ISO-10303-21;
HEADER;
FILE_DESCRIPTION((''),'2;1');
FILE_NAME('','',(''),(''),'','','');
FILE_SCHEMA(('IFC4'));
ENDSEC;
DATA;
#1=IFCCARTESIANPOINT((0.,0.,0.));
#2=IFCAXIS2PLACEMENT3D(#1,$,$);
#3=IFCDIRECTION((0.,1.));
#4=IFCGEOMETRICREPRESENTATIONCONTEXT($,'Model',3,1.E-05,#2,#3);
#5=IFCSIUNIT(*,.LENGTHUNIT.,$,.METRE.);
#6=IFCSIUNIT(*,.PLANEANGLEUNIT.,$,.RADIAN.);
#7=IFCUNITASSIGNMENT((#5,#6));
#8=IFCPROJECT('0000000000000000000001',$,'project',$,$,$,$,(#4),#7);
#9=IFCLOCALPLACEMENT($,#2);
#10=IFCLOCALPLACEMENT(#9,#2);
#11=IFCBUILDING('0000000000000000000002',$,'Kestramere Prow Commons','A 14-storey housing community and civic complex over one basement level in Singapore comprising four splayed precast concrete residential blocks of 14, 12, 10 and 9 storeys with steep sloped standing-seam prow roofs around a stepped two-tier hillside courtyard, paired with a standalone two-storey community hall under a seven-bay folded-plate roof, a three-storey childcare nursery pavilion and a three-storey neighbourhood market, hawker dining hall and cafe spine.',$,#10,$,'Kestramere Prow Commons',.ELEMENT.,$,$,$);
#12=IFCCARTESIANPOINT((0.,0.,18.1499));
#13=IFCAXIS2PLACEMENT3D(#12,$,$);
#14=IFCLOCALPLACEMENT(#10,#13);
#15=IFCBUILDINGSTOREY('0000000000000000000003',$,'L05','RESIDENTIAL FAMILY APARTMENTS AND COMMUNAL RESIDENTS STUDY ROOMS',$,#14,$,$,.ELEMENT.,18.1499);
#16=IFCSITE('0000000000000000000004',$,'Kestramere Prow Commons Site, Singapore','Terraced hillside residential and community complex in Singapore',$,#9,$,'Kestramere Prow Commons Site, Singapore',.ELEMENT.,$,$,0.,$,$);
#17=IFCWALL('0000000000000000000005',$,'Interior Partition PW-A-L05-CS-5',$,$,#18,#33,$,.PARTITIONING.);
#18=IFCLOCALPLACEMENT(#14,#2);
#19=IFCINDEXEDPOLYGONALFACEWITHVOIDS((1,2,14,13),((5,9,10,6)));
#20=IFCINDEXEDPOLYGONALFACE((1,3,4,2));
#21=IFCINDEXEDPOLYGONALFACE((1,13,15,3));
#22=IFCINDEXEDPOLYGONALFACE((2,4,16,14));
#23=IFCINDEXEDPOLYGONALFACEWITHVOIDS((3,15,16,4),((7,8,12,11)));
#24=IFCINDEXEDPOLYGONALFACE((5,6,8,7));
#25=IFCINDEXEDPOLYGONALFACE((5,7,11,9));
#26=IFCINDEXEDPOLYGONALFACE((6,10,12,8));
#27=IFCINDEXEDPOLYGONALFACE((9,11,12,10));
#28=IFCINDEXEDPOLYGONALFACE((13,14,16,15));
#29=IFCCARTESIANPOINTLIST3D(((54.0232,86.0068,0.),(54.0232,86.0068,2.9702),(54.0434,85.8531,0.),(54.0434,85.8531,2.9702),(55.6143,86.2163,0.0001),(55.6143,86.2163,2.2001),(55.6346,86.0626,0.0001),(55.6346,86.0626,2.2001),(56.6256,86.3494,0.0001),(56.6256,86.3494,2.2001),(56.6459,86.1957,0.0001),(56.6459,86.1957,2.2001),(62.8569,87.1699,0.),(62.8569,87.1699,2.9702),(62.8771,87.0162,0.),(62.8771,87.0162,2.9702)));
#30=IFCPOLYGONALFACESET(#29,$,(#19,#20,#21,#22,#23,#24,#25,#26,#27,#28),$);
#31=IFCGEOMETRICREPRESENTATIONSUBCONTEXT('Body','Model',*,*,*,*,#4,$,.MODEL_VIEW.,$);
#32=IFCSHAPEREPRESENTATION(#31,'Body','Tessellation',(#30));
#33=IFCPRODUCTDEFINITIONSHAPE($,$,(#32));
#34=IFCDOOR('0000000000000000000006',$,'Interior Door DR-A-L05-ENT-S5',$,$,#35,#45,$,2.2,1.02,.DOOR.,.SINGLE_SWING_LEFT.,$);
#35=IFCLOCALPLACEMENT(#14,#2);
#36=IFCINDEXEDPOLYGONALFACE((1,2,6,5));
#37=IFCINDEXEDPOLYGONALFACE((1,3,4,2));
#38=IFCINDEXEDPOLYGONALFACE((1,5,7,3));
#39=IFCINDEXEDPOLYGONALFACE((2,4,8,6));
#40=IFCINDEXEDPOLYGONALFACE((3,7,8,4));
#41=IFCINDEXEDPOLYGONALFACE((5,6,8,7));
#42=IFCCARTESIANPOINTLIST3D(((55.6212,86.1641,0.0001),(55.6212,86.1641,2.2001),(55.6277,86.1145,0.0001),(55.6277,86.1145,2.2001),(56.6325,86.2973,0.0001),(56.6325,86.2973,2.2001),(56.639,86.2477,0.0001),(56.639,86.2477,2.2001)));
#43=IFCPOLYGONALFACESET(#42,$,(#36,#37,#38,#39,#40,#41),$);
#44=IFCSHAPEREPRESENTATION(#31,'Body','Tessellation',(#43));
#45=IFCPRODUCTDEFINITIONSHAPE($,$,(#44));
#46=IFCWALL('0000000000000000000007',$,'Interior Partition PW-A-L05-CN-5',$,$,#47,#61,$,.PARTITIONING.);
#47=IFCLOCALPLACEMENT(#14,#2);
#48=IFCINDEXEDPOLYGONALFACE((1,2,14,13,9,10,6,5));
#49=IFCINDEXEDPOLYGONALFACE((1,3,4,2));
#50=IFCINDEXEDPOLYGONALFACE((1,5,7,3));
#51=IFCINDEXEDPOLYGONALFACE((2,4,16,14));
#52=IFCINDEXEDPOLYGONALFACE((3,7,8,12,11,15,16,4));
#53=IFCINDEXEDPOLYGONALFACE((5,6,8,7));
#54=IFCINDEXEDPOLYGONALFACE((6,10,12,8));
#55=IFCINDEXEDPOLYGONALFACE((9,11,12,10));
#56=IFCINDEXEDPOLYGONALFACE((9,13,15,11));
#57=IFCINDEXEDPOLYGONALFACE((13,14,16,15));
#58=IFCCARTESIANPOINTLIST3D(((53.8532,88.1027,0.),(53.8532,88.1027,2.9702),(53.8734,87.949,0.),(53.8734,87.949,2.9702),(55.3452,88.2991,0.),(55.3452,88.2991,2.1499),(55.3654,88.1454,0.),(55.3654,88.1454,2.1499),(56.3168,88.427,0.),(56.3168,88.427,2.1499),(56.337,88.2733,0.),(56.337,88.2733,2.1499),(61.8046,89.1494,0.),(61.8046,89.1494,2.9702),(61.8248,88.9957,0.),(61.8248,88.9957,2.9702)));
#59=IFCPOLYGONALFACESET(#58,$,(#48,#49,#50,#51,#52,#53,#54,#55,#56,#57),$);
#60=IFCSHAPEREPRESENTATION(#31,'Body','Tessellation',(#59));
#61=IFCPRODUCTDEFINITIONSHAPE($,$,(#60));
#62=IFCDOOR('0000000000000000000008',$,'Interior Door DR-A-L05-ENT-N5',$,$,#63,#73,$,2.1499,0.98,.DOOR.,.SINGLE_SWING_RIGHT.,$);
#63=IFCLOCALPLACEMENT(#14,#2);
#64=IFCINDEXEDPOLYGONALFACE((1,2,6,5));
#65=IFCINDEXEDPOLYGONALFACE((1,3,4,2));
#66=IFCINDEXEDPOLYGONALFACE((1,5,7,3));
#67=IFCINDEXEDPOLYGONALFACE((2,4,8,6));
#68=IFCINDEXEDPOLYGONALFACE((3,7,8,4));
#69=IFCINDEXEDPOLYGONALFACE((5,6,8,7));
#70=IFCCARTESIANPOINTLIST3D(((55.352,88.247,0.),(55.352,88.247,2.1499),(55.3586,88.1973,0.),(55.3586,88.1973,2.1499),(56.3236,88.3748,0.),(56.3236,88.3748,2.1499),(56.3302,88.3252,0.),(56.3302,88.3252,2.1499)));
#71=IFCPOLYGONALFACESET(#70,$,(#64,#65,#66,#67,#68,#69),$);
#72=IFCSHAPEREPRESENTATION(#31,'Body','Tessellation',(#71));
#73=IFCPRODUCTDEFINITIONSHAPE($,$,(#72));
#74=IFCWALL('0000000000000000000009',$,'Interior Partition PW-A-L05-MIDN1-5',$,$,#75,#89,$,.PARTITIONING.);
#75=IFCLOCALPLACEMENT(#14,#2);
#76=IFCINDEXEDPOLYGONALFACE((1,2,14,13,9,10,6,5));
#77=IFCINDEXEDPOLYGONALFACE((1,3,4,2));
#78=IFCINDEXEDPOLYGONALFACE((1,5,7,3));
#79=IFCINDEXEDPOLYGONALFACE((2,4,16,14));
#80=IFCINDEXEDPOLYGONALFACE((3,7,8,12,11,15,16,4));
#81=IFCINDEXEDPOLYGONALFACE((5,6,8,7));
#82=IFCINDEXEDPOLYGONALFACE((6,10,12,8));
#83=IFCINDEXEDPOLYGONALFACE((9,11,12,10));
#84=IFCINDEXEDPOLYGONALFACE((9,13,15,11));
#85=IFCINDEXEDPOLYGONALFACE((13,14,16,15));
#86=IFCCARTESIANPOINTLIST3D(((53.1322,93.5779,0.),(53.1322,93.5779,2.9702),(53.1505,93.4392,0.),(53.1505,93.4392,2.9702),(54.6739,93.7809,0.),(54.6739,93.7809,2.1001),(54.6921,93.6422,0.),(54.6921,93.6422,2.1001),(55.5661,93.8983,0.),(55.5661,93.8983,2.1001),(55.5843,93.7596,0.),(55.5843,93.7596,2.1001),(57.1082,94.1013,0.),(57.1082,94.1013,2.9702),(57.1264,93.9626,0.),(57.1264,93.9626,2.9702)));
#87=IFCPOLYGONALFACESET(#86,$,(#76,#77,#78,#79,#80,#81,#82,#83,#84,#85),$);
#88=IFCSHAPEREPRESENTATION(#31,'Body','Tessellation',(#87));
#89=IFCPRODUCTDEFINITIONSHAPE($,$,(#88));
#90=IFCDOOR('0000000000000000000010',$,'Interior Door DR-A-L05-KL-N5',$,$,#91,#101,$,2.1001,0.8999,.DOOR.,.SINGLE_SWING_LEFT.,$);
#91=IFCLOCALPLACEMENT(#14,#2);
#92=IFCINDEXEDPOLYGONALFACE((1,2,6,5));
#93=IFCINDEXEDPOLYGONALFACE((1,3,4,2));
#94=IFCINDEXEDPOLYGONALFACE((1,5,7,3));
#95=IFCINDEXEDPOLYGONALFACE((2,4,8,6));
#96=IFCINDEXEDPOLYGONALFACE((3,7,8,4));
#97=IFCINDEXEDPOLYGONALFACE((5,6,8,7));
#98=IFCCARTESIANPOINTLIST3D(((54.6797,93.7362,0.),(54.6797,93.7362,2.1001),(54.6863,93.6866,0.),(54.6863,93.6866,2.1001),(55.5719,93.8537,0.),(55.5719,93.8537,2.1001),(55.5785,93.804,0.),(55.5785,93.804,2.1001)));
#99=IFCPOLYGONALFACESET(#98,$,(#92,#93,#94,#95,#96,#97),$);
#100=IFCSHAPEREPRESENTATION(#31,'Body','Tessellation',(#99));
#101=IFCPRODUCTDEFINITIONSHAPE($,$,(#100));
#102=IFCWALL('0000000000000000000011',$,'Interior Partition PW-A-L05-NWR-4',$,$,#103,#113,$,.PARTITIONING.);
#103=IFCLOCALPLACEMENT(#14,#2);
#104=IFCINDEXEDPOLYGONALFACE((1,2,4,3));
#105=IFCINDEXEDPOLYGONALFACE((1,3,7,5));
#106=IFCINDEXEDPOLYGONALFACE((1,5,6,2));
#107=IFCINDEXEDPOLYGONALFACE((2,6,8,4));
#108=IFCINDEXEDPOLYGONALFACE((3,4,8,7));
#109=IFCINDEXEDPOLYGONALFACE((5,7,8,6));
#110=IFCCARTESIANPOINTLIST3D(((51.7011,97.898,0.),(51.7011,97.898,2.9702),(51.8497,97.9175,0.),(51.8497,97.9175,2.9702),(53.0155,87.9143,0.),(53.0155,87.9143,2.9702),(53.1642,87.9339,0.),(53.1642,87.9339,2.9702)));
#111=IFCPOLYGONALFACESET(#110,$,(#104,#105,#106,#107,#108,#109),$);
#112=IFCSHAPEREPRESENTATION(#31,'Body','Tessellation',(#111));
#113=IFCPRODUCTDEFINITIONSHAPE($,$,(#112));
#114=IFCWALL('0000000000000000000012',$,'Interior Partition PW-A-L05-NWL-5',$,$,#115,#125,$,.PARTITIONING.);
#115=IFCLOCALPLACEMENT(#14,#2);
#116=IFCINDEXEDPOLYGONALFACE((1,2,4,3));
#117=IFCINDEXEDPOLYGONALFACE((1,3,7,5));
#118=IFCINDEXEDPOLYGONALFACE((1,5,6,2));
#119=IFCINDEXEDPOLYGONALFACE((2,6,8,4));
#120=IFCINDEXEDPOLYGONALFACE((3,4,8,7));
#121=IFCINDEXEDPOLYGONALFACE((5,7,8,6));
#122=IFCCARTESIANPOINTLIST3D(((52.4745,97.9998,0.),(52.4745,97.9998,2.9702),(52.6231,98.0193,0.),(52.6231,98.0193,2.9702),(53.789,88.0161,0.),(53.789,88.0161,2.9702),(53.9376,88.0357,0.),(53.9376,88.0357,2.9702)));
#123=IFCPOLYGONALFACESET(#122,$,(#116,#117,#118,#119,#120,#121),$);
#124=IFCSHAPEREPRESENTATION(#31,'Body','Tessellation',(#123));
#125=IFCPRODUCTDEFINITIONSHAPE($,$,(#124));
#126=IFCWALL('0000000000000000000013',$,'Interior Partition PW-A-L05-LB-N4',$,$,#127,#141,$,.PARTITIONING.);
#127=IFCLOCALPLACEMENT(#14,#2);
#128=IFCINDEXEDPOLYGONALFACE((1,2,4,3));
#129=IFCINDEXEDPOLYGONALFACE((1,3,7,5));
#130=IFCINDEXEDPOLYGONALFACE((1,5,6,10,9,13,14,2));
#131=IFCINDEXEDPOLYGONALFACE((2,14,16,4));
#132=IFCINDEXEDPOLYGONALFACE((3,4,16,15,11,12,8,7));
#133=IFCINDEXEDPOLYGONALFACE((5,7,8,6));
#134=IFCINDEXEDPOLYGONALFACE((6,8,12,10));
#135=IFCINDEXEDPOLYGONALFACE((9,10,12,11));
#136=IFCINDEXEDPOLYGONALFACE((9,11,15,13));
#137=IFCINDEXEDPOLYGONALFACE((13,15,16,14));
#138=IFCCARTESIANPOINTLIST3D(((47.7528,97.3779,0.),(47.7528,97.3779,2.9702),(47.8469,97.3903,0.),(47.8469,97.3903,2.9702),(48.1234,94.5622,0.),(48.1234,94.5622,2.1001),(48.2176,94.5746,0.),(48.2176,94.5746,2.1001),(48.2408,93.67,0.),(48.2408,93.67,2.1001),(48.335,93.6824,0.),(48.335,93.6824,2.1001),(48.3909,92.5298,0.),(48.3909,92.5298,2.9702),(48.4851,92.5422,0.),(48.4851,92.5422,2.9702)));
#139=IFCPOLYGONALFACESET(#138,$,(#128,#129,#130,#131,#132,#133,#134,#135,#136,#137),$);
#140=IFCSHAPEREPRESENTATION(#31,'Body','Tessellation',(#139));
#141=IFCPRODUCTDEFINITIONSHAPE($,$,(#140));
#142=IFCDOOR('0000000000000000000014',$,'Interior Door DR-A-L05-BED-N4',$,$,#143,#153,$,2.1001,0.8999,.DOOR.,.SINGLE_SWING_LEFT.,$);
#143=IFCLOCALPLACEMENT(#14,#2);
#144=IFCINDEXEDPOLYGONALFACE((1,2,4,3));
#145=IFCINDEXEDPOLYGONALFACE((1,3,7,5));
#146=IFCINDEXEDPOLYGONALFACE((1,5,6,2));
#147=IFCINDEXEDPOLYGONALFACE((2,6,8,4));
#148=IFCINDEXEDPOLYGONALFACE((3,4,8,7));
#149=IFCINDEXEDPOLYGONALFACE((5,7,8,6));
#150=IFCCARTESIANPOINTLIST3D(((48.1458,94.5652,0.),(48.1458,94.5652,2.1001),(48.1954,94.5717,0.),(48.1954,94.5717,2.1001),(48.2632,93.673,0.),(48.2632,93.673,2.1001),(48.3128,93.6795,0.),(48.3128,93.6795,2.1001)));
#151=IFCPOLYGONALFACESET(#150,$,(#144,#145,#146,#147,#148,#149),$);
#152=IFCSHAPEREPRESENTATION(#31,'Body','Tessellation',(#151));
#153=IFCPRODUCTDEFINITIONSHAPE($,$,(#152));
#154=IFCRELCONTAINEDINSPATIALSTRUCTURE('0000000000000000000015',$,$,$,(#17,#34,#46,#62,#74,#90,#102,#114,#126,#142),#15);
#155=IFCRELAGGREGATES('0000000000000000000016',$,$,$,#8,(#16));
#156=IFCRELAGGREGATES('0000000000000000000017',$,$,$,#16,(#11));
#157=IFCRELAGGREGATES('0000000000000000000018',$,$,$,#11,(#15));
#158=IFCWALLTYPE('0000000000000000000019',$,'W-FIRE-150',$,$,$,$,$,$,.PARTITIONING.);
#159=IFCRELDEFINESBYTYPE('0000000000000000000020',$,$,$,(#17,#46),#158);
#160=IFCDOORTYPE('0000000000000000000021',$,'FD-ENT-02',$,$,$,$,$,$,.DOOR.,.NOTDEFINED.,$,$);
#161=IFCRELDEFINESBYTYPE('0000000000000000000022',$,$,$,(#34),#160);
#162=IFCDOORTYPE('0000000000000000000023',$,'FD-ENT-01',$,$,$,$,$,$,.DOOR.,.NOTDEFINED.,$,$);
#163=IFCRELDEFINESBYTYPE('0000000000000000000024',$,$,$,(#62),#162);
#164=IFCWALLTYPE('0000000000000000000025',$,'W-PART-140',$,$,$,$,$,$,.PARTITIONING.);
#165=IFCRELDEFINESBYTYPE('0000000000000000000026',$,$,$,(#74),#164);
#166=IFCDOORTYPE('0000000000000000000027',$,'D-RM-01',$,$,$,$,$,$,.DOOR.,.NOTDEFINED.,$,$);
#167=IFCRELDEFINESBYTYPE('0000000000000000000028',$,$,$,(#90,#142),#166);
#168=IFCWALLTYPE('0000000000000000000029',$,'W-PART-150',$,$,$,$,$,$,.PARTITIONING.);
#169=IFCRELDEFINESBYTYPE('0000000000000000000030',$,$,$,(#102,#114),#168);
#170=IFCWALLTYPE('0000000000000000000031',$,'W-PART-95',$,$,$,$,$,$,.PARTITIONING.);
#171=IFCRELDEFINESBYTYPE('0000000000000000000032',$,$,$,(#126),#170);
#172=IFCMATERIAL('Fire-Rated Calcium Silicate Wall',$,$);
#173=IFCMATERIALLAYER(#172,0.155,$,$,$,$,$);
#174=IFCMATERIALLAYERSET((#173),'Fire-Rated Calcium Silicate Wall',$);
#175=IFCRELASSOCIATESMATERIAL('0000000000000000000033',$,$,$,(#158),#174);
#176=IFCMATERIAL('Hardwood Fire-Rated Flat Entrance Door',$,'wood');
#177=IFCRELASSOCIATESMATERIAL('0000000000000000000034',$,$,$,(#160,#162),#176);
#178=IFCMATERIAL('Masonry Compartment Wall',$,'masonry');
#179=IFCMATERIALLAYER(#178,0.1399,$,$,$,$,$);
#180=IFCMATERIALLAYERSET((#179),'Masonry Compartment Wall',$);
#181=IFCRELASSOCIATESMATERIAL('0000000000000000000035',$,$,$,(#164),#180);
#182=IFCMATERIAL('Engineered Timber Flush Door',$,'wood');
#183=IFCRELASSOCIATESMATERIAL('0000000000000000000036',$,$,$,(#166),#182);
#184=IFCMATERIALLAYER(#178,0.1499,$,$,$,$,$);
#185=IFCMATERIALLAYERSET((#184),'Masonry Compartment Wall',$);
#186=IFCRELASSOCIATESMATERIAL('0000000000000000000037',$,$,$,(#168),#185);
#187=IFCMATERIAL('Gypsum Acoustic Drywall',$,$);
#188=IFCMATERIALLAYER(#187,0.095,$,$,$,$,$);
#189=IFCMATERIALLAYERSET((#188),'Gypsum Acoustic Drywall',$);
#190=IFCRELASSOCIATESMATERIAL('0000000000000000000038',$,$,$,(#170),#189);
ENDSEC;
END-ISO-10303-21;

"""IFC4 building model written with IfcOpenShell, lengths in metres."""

from ifc_helpers import new_model, si_unit, direction, frame, frame_2d, origin, place, context, subcontext, project, spatial, rectangle, extrude, material, layer, layer_set, type_object, element, fill, save


model = new_model("IFC4")

# Units and contexts
model_context = context("Model", 3, precision=1e-05, world=origin(), true_north=direction((0.0, 1.0)))
body_context = subcontext(model_context, "Body", "Model", "MODEL_VIEW")
ifc_project = project(units=[si_unit("LENGTHUNIT", "METRE"), si_unit("PLANEANGLEUNIT", "RADIAN")], contexts=[model_context])

# Site, building, storey
site_placement = place(None, origin())
site = spatial("IfcSite", under=ifc_project, at=site_placement, Name="Kestramere Prow Commons Site, Singapore", Description="Terraced hillside residential and community complex in Singapore", LongName="Kestramere Prow Commons Site, Singapore", CompositionType="ELEMENT", RefElevation=0.0)
building_placement = place(site_placement, origin())
building = spatial("IfcBuilding", under=site, at=building_placement, Name="Kestramere Prow Commons", Description="A 14-storey housing community and civic complex over one basement level in Singapore comprising four splayed precast concrete residential blocks of 14, 12, 10 and 9 storeys with steep sloped standing-seam prow roofs around a stepped two-tier hillside courtyard, paired with a standalone two-storey community hall under a seven-bay folded-plate roof, a three-storey childcare nursery pavilion and a three-storey neighbourhood market, hawker dining hall and cafe spine.", LongName="Kestramere Prow Commons", CompositionType="ELEMENT")
storey_placement = place(building_placement, frame((0.0, 0.0, 18.1499)))
storey = spatial("IfcBuildingStorey", under=building, at=storey_placement, Name="L05", Description="RESIDENTIAL FAMILY APARTMENTS AND COMMUNAL RESIDENTS STUDY ROOMS", CompositionType="ELEMENT", Elevation=18.1499)

# Walls, openings, doors
ifc_material_1 = material(Name="Fire-Rated Calcium Silicate Wall")
ifc_layer_1 = layer(ifc_material_1, 0.155)
ifc_layer_set_1 = layer_set([ifc_layer_1], Name="Fire-Rated Calcium Silicate Wall")
wall_type_1 = type_object("IfcWallType", Name="W-FIRE-150", PredefinedType="PARTITIONING", material=ifc_layer_set_1)
wall_1_placement = place(storey_placement, frame((54.0332, 85.9299, 0.0), z_axis=(0.0, 0.0, 1.0), x_axis=(0.991443, 0.130537, 0.0)))
wall_1 = element("IfcWall", 1, at=wall_1_placement, inside=storey, type_object=wall_type_1, Name="Interior Partition PW-A-L05-CS-5", PredefinedType="PARTITIONING", context=body_context, shape_type="SweptSolid", body=[
    extrude(rectangle(XDim=8.9099, YDim=0.155, at=frame_2d((4.4551, 0.0))), origin(), (0.0, 0.0, 1.0), 2.9702),
])
opening_1_placement = place(wall_1_placement, frame((1.605, 0.0, 0.0)))
opening_1 = element("IfcOpeningElement", 2, at=opening_1_placement, cuts=wall_1, PredefinedType="OPENING", context=body_context, shape_type="SweptSolid", body=[
    extrude(rectangle(XDim=1.02, YDim=2.2, at=frame_2d((0.51, 1.1001))), frame((0.0, 0.0925, 0.0), z_axis=(0.0, -1.0, 0.0), x_axis=(1.0, 0.0, 0.0)), (0.0, 0.0, 1.0), 0.1851),
])
ifc_material_2 = material(Name="Hardwood Fire-Rated Flat Entrance Door", Category="wood")
door_type_1 = type_object("IfcDoorType", Name="FD-ENT-02", OperationType="NOTDEFINED", PredefinedType="DOOR", material=ifc_material_2)
door_1_placement = place(opening_1_placement, origin())
door_1 = element("IfcDoor", 3, at=door_1_placement, inside=storey, type_object=door_type_1, Name="Interior Door DR-A-L05-ENT-S5", OperationType="SINGLE_SWING_LEFT", OverallHeight=2.2, OverallWidth=1.02, PredefinedType="DOOR", context=body_context, shape_type="SweptSolid", body=[
    extrude(rectangle(XDim=1.02, YDim=2.2, at=frame_2d((0.51, 1.1001))), frame((0.0, 0.0249, 0.0), z_axis=(0.0, -1.0, 0.0), x_axis=(1.0, 0.0, 0.0)), (0.0, 0.0, 1.0), 0.05),
])
fill(opening_1, door_1)
wall_2_placement = place(storey_placement, frame((53.8633, 88.0259, 0.0), z_axis=(0.0, 0.0, 1.0), x_axis=(0.991448, 0.130503, 0.0)))
wall_2 = element("IfcWall", 4, at=wall_2_placement, inside=storey, type_object=wall_type_1, Name="Interior Partition PW-A-L05-CN-5", PredefinedType="PARTITIONING", context=body_context, shape_type="SweptSolid", body=[
    extrude(rectangle(XDim=8.02, YDim=0.155, at=frame_2d((4.01, 0.0))), origin(), (0.0, 0.0, 1.0), 2.9702),
])
opening_2_placement = place(wall_2_placement, frame((1.5049, 0.0, 0.0)))
opening_2 = element("IfcOpeningElement", 5, at=opening_2_placement, cuts=wall_2, PredefinedType="OPENING", context=body_context, shape_type="SweptSolid", body=[
    extrude(rectangle(XDim=0.98, YDim=2.1499, at=frame_2d((0.49, 1.075))), frame((0.0, 0.0925, 0.0), z_axis=(0.0, -1.0, 0.0), x_axis=(1.0, 0.0, 0.0)), (0.0, 0.0, 1.0), 0.1851),
])
door_type_2 = type_object("IfcDoorType", Name="FD-ENT-01", OperationType="NOTDEFINED", PredefinedType="DOOR", material=ifc_material_2)
door_2_placement = place(opening_2_placement, origin())
door_2 = element("IfcDoor", 6, at=door_2_placement, inside=storey, type_object=door_type_2, Name="Interior Door DR-A-L05-ENT-N5", OperationType="SINGLE_SWING_RIGHT", OverallHeight=2.1499, OverallWidth=0.98, PredefinedType="DOOR", context=body_context, shape_type="SweptSolid", body=[
    extrude(rectangle(XDim=0.98, YDim=2.1499, at=frame_2d((0.49, 1.075))), frame((0.0, 0.0249, 0.0), z_axis=(0.0, -1.0, 0.0), x_axis=(1.0, 0.0, 0.0)), (0.0, 0.0, 1.0), 0.05),
])
fill(opening_2, door_2)
ifc_material_3 = material(Name="Masonry Compartment Wall", Category="masonry")
ifc_layer_2 = layer(ifc_material_3, 0.1399)
ifc_layer_set_2 = layer_set([ifc_layer_2], Name="Masonry Compartment Wall")
wall_type_2 = type_object("IfcWallType", Name="W-PART-140", PredefinedType="PARTITIONING", material=ifc_layer_set_2)
wall_3_placement = place(storey_placement, frame((53.1414, 93.5085, 0.0), z_axis=(0.0, 0.0, 1.0), x_axis=(0.991445, 0.130529, 0.0)))
wall_3 = element("IfcWall", 7, at=wall_3_placement, inside=storey, type_object=wall_type_2, Name="Interior Partition PW-A-L05-MIDN1-5", PredefinedType="PARTITIONING", context=body_context, shape_type="SweptSolid", body=[
    extrude(rectangle(XDim=4.0103, YDim=0.1399, at=frame_2d((2.0051, 0.0))), origin(), (0.0, 0.0, 1.0), 2.9702),
])
opening_3_placement = place(wall_3_placement, frame((1.5549, 0.0, 0.0)))
opening_3 = element("IfcOpeningElement", 8, at=opening_3_placement, cuts=wall_3, PredefinedType="OPENING", context=body_context, shape_type="SweptSolid", body=[
    extrude(rectangle(XDim=0.8999, YDim=2.1001, at=frame_2d((0.45, 1.05))), frame((0.0, 0.085, 0.0), z_axis=(0.0, -1.0, 0.0), x_axis=(1.0, 0.0, 0.0)), (0.0, 0.0, 1.0), 0.1699),
])
ifc_material_4 = material(Name="Engineered Timber Flush Door", Category="wood")
door_type_3 = type_object("IfcDoorType", Name="D-RM-01", OperationType="NOTDEFINED", PredefinedType="DOOR", material=ifc_material_4)
door_3_placement = place(opening_3_placement, origin())
door_3 = element("IfcDoor", 9, at=door_3_placement, inside=storey, type_object=door_type_3, Name="Interior Door DR-A-L05-KL-N5", OperationType="SINGLE_SWING_LEFT", OverallHeight=2.1001, OverallWidth=0.8999, PredefinedType="DOOR", context=body_context, shape_type="SweptSolid", body=[
    extrude(rectangle(XDim=0.8999, YDim=2.1001, at=frame_2d((0.45, 1.05))), frame((0.0, 0.0249, 0.0), z_axis=(0.0, -1.0, 0.0), x_axis=(1.0, 0.0, 0.0)), (0.0, 0.0, 1.0), 0.05),
])
fill(opening_3, door_3)

# Walls
ifc_layer_3 = layer(ifc_material_3, 0.1499)
ifc_layer_set_3 = layer_set([ifc_layer_3], Name="Masonry Compartment Wall")
wall_type_3 = type_object("IfcWallType", Name="W-PART-150", PredefinedType="PARTITIONING", material=ifc_layer_set_3)
for number, where, z_axis, x_axis, name in (
    (10, (53.0898, 87.9241, 0.0), (0.0, 0.0, 1.0), (-0.130534, 0.991444, 0.0), "Interior Partition PW-A-L05-NWR-4"),
    (11, (53.8633, 88.0259, 0.0), (0.0, 0.0, 1.0), (-0.130534, 0.991444, 0.0), "Interior Partition PW-A-L05-NWL-5"),
):
    element("IfcWall", number, at=place(storey_placement, frame(where, z_axis=z_axis, x_axis=x_axis)), inside=storey, type_object=wall_type_3, Name=name, PredefinedType="PARTITIONING", context=body_context, shape_type="SweptSolid", body=[
        extrude(rectangle(XDim=10.0698, YDim=0.1499, at=frame_2d((5.0349, 0.0))), origin(), (0.0, 0.0, 1.0), 2.9702),
    ])

# Wall, opening, door
ifc_material_5 = material(Name="Gypsum Acoustic Drywall")
ifc_layer_4 = layer(ifc_material_5, 0.095)
ifc_layer_set_4 = layer_set([ifc_layer_4], Name="Gypsum Acoustic Drywall")
wall_type_4 = type_object("IfcWallType", Name="W-PART-95", PredefinedType="PARTITIONING", material=ifc_layer_set_4)
wall_4_placement = place(storey_placement, frame((48.438, 92.5361, 0.0), z_axis=(0.0, 0.0, 1.0), x_axis=(-0.130509, 0.991447, 0.0)))
wall_4 = element("IfcWall", 12, at=wall_4_placement, inside=storey, type_object=wall_type_4, Name="Interior Partition PW-A-L05-LB-N4", PredefinedType="PARTITIONING", context=body_context, shape_type="SweptSolid", body=[
    extrude(rectangle(XDim=4.8899, YDim=0.095, at=frame_2d((2.4448, 0.0))), origin(), (0.0, 0.0, 1.0), 2.9702),
])
opening_4_placement = place(wall_4_placement, frame((1.1499, 0.0, 0.0)))
opening_4 = element("IfcOpeningElement", 13, at=opening_4_placement, cuts=wall_4, PredefinedType="OPENING", context=body_context, shape_type="SweptSolid", body=[
    extrude(rectangle(XDim=0.8999, YDim=2.1001, at=frame_2d((0.45, 1.05))), frame((0.0, 0.0625, 0.0), z_axis=(0.0, -1.0, 0.0), x_axis=(1.0, 0.0, 0.0)), (0.0, 0.0, 1.0), 0.125),
])
door_4_placement = place(opening_4_placement, origin())
door_4 = element("IfcDoor", 14, at=door_4_placement, inside=storey, type_object=door_type_3, Name="Interior Door DR-A-L05-BED-N4", OperationType="SINGLE_SWING_LEFT", OverallHeight=2.1001, OverallWidth=0.8999, PredefinedType="DOOR", context=body_context, shape_type="SweptSolid", body=[
    extrude(rectangle(XDim=0.8999, YDim=2.1001, at=frame_2d((0.45, 1.05))), frame((0.0, 0.0249, 0.0), z_axis=(0.0, -1.0, 0.0), x_axis=(1.0, 0.0, 0.0)), (0.0, 0.0, 1.0), 0.05),
])
fill(opening_4, door_4)

save(model, "model.ifc")
